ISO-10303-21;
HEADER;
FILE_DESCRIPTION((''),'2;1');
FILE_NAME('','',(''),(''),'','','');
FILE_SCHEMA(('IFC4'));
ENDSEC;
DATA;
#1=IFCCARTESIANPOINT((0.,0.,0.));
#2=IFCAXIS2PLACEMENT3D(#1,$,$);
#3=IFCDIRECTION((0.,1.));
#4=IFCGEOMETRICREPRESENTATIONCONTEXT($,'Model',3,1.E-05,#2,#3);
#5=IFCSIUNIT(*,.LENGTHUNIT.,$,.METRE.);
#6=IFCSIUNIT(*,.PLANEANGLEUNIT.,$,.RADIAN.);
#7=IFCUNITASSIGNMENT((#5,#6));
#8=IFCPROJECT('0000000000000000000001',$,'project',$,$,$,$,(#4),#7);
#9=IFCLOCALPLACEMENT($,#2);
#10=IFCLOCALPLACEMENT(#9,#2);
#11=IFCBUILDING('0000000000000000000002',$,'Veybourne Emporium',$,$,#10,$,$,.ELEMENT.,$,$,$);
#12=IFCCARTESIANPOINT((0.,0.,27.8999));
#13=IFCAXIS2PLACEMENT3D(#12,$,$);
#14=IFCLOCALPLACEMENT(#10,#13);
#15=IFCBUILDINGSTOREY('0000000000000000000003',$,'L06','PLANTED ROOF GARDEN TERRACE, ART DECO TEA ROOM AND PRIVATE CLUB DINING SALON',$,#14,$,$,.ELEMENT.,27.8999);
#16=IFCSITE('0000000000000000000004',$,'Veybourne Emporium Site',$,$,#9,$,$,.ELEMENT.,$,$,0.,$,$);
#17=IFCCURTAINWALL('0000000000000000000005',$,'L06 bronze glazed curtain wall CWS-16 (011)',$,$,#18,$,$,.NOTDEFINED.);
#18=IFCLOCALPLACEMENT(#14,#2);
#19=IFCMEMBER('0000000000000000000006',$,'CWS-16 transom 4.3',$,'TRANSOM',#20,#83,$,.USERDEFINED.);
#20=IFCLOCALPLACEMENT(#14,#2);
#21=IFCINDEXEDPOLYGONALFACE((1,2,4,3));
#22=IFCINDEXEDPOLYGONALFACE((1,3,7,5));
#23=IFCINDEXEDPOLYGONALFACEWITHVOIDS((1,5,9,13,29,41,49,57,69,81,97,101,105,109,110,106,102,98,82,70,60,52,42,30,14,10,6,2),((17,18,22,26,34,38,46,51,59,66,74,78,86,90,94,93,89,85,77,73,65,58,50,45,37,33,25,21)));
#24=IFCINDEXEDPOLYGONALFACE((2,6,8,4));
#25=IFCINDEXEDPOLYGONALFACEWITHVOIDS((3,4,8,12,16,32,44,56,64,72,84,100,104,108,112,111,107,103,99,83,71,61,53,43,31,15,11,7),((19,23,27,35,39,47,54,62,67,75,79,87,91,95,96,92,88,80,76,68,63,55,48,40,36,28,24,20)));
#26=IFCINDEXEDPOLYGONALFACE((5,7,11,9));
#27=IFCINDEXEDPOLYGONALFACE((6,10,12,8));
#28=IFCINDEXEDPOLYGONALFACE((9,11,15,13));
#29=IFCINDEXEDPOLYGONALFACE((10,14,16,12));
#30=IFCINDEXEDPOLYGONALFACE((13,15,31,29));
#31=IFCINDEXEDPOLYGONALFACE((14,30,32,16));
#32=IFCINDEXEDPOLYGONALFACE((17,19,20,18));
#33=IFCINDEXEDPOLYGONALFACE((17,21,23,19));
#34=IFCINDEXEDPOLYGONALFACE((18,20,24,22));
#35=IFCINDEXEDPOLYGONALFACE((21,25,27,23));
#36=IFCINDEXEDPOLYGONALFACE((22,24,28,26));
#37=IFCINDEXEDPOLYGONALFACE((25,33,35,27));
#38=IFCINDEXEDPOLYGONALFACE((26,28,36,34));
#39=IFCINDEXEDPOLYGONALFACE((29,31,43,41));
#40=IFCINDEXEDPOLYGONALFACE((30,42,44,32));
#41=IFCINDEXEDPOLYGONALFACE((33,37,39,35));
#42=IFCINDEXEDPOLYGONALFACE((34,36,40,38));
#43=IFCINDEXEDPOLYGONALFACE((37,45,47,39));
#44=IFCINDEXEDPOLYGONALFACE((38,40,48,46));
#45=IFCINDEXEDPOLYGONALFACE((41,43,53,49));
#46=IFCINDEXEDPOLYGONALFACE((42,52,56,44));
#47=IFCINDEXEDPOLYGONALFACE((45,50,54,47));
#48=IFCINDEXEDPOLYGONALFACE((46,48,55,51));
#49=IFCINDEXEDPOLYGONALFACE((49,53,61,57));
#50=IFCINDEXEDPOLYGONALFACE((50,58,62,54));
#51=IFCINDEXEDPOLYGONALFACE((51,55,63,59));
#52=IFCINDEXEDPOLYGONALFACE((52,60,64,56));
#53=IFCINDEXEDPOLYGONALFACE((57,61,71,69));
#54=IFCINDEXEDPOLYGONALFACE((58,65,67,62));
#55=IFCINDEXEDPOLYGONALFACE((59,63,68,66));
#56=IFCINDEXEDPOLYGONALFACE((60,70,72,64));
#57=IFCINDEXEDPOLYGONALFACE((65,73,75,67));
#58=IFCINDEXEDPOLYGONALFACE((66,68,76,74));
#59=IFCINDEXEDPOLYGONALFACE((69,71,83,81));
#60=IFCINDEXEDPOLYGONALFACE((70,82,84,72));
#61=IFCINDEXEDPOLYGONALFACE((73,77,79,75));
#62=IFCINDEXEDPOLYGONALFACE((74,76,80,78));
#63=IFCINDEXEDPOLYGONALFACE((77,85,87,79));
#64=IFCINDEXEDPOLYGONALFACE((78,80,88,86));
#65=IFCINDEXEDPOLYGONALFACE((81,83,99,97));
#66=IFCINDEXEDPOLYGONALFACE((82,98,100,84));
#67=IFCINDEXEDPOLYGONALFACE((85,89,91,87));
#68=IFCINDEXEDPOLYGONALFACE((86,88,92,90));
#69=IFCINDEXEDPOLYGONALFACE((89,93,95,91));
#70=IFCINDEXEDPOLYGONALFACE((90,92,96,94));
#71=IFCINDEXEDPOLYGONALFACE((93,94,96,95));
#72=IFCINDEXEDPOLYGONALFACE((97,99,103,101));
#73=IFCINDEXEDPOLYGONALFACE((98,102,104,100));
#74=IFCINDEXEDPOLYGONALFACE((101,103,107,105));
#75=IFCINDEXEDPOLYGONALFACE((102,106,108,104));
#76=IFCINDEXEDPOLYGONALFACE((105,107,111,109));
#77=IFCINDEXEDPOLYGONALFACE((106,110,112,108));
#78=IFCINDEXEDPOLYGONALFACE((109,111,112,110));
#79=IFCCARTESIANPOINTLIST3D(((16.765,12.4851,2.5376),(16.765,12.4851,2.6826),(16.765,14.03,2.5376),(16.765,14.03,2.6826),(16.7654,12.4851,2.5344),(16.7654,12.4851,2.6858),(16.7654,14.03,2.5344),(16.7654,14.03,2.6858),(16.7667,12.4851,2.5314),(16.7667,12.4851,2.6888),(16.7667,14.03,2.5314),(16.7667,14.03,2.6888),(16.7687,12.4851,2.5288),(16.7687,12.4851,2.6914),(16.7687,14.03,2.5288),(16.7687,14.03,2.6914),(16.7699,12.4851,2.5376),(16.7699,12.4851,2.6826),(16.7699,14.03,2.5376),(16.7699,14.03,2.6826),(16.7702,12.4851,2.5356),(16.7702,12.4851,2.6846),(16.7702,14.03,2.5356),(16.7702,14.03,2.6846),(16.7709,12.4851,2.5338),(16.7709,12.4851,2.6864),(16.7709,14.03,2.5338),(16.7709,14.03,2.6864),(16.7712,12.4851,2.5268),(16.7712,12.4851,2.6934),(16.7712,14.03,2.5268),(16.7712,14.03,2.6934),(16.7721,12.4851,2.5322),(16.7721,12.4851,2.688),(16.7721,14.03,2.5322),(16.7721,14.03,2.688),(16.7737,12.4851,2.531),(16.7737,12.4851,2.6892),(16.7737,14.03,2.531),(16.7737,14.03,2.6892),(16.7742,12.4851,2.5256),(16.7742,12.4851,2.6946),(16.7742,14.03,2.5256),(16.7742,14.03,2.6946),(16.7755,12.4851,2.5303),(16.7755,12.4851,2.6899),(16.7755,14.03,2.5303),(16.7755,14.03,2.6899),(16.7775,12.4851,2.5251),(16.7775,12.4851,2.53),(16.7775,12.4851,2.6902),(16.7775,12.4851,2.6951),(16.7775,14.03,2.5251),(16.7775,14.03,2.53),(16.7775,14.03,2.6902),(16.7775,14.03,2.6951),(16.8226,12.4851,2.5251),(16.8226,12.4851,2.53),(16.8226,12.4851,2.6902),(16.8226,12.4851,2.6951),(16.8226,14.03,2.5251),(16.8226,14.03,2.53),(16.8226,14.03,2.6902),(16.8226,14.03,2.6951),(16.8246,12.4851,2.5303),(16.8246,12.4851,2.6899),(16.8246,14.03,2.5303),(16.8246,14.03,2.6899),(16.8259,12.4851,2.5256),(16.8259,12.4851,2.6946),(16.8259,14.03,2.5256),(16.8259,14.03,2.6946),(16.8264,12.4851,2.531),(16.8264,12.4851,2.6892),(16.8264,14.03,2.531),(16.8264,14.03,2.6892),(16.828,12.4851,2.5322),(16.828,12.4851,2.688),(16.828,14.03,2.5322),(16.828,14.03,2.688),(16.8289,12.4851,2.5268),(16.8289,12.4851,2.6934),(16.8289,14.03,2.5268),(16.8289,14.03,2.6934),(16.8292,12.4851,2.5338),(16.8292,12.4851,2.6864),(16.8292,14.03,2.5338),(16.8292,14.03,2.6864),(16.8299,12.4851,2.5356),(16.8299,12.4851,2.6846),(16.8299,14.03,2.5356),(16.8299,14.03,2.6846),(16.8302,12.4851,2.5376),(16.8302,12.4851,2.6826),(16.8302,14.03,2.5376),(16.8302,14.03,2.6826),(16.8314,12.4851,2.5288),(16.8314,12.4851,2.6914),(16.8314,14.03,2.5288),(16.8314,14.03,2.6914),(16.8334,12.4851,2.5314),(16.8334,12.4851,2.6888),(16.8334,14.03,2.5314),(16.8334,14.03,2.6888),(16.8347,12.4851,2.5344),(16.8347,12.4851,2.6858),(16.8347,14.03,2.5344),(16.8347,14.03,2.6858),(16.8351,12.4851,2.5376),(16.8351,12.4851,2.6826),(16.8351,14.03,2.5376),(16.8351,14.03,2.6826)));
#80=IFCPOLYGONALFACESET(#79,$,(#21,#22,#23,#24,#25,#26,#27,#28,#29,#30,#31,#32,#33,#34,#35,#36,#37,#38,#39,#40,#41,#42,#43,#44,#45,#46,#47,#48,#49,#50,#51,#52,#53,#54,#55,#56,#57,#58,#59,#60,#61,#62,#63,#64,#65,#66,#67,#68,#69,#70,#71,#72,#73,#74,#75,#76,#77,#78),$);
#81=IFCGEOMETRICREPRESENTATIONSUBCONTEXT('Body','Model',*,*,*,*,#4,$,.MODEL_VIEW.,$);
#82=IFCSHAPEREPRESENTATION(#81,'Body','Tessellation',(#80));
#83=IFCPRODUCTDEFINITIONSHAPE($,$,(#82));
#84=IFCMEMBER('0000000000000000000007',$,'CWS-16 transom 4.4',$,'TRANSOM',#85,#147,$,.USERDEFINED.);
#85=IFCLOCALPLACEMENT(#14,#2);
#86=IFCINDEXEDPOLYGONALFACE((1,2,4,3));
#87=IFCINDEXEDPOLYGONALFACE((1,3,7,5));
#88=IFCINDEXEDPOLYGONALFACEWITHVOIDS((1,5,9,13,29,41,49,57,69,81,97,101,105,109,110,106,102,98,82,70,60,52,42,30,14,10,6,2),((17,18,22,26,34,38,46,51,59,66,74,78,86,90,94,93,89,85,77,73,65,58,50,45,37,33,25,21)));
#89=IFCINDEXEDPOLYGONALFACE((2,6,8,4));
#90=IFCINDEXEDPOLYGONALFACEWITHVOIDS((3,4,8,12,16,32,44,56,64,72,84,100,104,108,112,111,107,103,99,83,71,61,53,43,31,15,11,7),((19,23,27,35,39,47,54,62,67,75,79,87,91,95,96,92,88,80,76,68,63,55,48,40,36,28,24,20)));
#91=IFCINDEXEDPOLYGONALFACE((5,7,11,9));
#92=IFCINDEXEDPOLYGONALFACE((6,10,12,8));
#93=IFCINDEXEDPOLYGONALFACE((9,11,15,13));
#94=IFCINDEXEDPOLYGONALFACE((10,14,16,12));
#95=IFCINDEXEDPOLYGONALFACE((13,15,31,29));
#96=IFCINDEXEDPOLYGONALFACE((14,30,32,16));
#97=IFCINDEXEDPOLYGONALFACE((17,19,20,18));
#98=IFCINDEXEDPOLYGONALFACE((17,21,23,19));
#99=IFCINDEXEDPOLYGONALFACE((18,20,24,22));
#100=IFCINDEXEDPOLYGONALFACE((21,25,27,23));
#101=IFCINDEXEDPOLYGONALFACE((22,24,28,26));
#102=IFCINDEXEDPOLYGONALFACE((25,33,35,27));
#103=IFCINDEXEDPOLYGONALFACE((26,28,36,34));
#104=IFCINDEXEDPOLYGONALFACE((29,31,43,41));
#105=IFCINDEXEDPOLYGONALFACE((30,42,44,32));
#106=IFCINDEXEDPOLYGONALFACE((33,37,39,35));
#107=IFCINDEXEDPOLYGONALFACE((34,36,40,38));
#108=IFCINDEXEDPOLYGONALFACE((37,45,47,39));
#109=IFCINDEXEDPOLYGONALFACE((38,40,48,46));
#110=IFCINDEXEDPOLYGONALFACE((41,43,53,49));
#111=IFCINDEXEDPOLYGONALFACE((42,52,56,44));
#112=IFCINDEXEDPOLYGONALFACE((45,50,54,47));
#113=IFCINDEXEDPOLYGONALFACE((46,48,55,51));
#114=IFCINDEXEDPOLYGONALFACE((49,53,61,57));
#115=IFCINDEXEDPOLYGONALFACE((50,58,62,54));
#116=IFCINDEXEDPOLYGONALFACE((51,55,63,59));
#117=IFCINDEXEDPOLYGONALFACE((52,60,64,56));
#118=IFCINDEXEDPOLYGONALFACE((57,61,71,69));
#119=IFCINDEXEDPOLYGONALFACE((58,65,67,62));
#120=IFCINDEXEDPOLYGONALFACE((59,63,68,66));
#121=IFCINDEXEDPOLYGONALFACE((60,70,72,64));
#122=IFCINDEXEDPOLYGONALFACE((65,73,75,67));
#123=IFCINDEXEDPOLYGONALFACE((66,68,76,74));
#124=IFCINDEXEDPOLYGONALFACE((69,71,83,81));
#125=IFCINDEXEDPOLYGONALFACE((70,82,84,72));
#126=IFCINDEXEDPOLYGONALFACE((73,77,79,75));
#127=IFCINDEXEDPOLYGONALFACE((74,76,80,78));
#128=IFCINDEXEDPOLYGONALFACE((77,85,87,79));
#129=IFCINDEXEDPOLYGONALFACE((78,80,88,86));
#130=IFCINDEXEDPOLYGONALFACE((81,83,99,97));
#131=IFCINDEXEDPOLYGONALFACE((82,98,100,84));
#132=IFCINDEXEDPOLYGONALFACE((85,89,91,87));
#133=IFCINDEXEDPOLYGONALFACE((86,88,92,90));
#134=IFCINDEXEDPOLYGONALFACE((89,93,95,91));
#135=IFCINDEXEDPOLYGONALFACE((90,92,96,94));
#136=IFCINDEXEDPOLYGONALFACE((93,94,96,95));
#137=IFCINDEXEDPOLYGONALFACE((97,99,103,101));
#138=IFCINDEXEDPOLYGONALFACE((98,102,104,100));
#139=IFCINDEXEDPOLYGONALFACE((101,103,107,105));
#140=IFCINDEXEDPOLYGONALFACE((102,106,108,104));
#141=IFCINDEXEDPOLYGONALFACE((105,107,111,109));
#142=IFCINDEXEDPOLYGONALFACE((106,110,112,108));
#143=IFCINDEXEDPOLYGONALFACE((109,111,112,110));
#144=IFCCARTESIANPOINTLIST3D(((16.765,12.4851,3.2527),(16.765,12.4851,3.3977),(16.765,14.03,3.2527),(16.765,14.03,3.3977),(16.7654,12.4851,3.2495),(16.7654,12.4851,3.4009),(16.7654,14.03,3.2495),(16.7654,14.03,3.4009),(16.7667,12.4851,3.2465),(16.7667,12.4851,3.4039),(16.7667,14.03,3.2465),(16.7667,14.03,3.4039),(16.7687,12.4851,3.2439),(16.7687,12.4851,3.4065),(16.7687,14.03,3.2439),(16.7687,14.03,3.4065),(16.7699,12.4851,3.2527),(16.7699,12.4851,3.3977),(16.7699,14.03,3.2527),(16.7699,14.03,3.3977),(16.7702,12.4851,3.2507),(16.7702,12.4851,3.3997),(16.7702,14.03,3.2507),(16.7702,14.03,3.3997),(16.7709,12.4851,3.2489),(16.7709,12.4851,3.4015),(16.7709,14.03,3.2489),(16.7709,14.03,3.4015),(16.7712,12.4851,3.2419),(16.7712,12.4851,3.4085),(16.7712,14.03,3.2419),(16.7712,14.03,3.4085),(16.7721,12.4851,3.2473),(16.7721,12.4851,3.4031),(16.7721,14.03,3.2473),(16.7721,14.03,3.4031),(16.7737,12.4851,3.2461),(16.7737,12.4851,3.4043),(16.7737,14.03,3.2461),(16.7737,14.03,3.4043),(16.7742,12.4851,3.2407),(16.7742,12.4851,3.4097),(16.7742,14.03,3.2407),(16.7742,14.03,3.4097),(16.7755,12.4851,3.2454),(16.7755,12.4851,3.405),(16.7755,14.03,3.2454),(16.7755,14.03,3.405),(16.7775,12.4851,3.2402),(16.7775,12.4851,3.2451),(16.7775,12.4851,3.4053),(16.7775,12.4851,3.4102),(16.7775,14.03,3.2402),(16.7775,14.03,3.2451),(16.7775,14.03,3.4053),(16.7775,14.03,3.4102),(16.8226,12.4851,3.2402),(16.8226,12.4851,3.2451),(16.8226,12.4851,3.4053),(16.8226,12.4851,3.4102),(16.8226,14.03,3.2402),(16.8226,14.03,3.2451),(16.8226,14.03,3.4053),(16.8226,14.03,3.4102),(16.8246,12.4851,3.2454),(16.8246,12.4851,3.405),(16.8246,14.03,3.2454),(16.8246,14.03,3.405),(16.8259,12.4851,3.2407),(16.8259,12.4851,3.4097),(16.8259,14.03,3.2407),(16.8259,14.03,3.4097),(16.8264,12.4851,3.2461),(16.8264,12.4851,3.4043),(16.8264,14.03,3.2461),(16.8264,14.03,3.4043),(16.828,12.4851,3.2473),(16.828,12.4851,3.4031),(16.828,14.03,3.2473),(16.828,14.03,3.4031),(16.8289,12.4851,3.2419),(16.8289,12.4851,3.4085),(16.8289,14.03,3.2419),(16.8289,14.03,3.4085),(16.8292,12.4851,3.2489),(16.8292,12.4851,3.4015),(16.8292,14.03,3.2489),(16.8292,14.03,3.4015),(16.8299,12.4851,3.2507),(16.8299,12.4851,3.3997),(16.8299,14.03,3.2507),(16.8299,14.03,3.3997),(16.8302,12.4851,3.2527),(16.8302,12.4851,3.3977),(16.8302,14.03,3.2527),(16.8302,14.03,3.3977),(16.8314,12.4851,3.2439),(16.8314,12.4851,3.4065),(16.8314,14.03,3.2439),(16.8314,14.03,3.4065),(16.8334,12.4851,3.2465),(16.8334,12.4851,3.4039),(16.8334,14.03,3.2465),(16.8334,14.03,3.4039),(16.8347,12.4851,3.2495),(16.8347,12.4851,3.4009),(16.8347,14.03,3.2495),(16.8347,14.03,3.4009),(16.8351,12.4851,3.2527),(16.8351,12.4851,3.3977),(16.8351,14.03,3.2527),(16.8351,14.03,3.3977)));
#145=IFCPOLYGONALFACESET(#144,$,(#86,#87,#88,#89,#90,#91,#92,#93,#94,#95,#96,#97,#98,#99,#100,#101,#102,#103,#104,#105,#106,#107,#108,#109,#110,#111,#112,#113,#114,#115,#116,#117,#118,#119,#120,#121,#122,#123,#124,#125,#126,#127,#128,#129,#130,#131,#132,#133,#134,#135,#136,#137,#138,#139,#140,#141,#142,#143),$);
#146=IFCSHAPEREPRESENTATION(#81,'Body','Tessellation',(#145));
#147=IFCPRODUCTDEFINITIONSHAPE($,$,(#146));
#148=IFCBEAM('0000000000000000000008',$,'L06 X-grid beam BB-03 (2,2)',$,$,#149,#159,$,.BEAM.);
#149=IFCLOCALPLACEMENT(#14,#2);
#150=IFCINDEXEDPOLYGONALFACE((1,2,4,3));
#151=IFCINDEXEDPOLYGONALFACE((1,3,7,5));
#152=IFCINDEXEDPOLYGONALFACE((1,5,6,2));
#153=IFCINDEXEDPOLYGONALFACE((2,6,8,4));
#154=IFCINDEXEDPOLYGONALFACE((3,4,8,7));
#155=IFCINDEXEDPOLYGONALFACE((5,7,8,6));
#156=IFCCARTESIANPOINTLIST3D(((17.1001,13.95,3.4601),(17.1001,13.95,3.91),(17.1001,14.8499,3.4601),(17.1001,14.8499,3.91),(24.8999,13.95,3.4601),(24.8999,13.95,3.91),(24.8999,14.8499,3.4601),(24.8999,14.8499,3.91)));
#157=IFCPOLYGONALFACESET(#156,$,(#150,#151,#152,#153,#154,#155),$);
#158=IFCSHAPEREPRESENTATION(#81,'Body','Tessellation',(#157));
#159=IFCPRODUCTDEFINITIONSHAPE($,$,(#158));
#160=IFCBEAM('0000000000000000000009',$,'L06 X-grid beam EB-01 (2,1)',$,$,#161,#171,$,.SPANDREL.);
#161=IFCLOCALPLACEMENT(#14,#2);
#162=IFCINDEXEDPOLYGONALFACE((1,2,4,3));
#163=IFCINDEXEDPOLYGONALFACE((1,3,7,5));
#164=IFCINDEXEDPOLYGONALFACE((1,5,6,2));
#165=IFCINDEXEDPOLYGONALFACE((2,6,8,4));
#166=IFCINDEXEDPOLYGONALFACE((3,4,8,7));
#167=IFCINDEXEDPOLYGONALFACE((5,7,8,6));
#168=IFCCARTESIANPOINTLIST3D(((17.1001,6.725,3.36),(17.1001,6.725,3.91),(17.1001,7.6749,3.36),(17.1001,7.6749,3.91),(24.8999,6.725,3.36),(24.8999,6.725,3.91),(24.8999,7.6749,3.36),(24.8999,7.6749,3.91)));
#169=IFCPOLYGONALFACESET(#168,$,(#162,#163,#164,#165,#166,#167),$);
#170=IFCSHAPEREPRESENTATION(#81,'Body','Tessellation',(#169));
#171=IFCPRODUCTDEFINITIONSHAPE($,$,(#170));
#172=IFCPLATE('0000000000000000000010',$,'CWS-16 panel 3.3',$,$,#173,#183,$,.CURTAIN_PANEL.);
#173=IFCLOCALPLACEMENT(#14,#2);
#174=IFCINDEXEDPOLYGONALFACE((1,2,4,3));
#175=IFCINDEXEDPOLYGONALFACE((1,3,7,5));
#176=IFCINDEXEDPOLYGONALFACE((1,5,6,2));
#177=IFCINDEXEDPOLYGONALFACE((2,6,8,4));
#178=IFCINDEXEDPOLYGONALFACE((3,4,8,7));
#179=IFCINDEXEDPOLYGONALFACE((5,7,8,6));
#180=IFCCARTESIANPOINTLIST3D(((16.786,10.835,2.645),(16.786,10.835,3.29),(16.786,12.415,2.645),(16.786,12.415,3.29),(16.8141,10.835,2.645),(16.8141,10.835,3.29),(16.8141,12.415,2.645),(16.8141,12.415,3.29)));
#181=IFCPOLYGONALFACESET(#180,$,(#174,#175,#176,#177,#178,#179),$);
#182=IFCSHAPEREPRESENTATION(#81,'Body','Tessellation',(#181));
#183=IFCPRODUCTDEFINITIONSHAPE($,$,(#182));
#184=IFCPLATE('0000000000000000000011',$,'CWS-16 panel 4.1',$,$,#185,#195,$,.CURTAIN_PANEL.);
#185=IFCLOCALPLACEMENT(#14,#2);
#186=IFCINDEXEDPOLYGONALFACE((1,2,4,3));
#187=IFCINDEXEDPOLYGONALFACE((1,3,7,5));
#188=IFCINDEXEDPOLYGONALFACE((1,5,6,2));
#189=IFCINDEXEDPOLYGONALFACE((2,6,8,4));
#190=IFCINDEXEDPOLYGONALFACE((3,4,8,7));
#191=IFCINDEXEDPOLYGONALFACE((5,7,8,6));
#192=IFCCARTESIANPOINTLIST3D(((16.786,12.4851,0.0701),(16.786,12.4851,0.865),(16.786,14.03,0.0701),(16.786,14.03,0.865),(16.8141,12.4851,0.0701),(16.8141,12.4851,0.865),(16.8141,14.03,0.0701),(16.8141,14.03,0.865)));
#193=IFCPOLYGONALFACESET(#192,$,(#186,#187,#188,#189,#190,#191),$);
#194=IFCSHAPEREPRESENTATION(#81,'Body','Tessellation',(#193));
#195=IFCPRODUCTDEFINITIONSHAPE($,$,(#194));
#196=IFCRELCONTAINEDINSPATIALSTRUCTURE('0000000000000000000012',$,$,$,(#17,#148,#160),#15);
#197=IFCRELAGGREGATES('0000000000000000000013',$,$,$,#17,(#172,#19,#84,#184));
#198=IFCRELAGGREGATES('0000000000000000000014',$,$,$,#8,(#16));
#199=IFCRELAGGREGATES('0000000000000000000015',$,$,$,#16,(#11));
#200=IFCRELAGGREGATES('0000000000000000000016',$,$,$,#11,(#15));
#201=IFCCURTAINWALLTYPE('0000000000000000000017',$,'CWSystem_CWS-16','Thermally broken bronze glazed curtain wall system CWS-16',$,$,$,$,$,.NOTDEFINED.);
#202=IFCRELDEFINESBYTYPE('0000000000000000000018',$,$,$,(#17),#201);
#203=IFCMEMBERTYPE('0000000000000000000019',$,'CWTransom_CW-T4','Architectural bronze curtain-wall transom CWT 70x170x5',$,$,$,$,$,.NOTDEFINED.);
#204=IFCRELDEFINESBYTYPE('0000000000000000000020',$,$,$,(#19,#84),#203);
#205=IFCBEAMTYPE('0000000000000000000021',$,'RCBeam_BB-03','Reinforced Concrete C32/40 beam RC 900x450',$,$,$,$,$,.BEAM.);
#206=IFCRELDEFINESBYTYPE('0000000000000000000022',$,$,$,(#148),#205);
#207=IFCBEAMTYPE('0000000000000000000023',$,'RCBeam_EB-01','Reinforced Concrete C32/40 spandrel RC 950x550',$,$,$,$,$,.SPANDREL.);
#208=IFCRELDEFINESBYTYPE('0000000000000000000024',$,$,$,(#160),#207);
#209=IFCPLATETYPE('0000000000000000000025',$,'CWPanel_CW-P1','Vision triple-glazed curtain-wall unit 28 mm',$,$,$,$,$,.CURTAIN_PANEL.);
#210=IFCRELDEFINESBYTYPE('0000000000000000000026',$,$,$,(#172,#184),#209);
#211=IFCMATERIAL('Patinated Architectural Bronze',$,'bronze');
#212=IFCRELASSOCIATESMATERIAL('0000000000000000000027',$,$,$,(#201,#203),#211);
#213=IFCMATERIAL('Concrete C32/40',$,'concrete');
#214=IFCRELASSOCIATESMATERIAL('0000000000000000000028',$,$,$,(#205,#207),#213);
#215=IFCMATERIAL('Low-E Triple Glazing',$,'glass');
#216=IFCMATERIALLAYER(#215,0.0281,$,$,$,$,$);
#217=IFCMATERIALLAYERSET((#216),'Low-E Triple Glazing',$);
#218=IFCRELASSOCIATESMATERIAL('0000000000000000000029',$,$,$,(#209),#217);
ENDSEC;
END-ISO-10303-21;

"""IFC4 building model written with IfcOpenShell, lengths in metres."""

from ifc_helpers import new_model, si_unit, direction, frame, origin, origin_2d, place, context, subcontext, project, spatial, rectangle, hollow_rectangle, extrude, material, layer, layer_set, material_profile, profile_set, type_object, element, aggregate, save


model = new_model("IFC4")

# Units and contexts
model_context = context("Model", 3, precision=1e-05, world=origin(), true_north=direction((0.0, 1.0)))
body_context = subcontext(model_context, "Body", "Model", "MODEL_VIEW")
ifc_project = project(units=[si_unit("LENGTHUNIT", "METRE"), si_unit("PLANEANGLEUNIT", "RADIAN")], contexts=[model_context])

# Site, building, storey
site_placement = place(None, origin())
site = spatial("IfcSite", under=ifc_project, at=site_placement, Name="Veybourne Emporium Site", CompositionType="ELEMENT", RefElevation=0.0)
building_placement = place(site_placement, origin())
building = spatial("IfcBuilding", under=site, at=building_placement, Name="Veybourne Emporium", CompositionType="ELEMENT")
storey_placement = place(building_placement, frame((0.0, 0.0, 27.8999)))
storey = spatial("IfcBuildingStorey", under=building, at=storey_placement, Name="L06", Description="PLANTED ROOF GARDEN TERRACE, ART DECO TEA ROOM AND PRIVATE CLUB DINING SALON", CompositionType="ELEMENT", Elevation=27.8999)

# Curtain wall, members
ifc_material_1 = material(Name="Patinated Architectural Bronze", Category="bronze")
curtain_wall_type = type_object("IfcCurtainWallType", Name="CWSystem_CWS-16", Description="Thermally broken bronze glazed curtain wall system CWS-16", PredefinedType="NOTDEFINED", material=ifc_material_1)
curtain_wall_placement = place(storey_placement, origin())
curtain_wall = element("IfcCurtainWall", 1, at=curtain_wall_placement, inside=storey, type_object=curtain_wall_type, Name="L06 bronze glazed curtain wall CWS-16 (011)", PredefinedType="NOTDEFINED")
ifc_material_profile_1 = material_profile(ifc_material_1, hollow_rectangle(XDim=0.0701, YDim=0.1699, WallThickness=0.0049, InnerFilletRadius=0.0076, OuterFilletRadius=0.0125, at=origin_2d()), Name="CWT 70x170x5")
ifc_profile_set_1 = profile_set([ifc_material_profile_1], Name="Patinated Architectural Bronze")
member_type_1 = type_object("IfcMemberType", Name="CWTransom_CW-T4", Description="Architectural bronze curtain-wall transom CWT 70x170x5", PredefinedType="NOTDEFINED", material=ifc_profile_set_1)
member_1_placement = place(storey_placement, frame((16.8, 12.4851, 2.6101), z_axis=(0.0, 1.0, 0.0), x_axis=(-1.0, 0.0, 0.0)))
member_1 = element("IfcMember", 2, at=member_1_placement, type_object=member_type_1, Name="CWS-16 transom 4.3", ObjectType="TRANSOM", PredefinedType="USERDEFINED", context=body_context, shape_type="SweptSolid", body=[
    extrude(hollow_rectangle(XDim=0.0701, YDim=0.1699, WallThickness=0.0049, InnerFilletRadius=0.0076, OuterFilletRadius=0.0125, at=origin_2d()), origin(), (0.0, 0.0, 1.0), 1.5449),
])
member_2_placement = place(storey_placement, frame((16.8, 12.4851, 3.3252), z_axis=(0.0, 1.0, 0.0), x_axis=(-1.0, 0.0, 0.0)))
member_2 = element("IfcMember", 3, at=member_2_placement, type_object=member_type_1, Name="CWS-16 transom 4.4", ObjectType="TRANSOM", PredefinedType="USERDEFINED", context=body_context, shape_type="SweptSolid", body=[
    extrude(hollow_rectangle(XDim=0.0701, YDim=0.1699, WallThickness=0.0049, InnerFilletRadius=0.0076, OuterFilletRadius=0.0125, at=origin_2d()), origin(), (0.0, 0.0, 1.0), 1.5449),
])

# Beams
ifc_material_2 = material(Name="Concrete C32/40", Category="concrete")
ifc_material_profile_2 = material_profile(ifc_material_2, rectangle(XDim=0.8999, YDim=0.45, at=origin_2d()), Name="RC 900x450")
ifc_profile_set_2 = profile_set([ifc_material_profile_2], Name="Concrete C32/40")
beam_type_1 = type_object("IfcBeamType", Name="RCBeam_BB-03", Description="Reinforced Concrete C32/40 beam RC 900x450", PredefinedType="BEAM", material=ifc_profile_set_2)
beam_1_placement = place(storey_placement, frame((17.1001, 14.3999, 3.6851), z_axis=(1.0, 0.0, 0.0), x_axis=(0.0, 1.0, 0.0)))
element("IfcBeam", 4, at=beam_1_placement, inside=storey, type_object=beam_type_1, Name="L06 X-grid beam BB-03 (2,2)", PredefinedType="BEAM", context=body_context, shape_type="SweptSolid", body=[
    extrude(rectangle(XDim=0.8999, YDim=0.45, at=origin_2d()), origin(), (0.0, 0.0, 1.0), 7.7998),
])
ifc_material_profile_3 = material_profile(ifc_material_2, rectangle(XDim=0.95, YDim=0.55, at=origin_2d()), Name="RC 950x550")
ifc_profile_set_3 = profile_set([ifc_material_profile_3], Name="Concrete C32/40")
beam_type_2 = type_object("IfcBeamType", Name="RCBeam_EB-01", Description="Reinforced Concrete C32/40 spandrel RC 950x550", PredefinedType="SPANDREL", material=ifc_profile_set_3)
beam_2_placement = place(storey_placement, frame((17.1001, 7.2, 3.635), z_axis=(1.0, 0.0, 0.0), x_axis=(0.0, 1.0, 0.0)))
element("IfcBeam", 5, at=beam_2_placement, inside=storey, type_object=beam_type_2, Name="L06 X-grid beam EB-01 (2,1)", PredefinedType="SPANDREL", context=body_context, shape_type="SweptSolid", body=[
    extrude(rectangle(XDim=0.95, YDim=0.55, at=origin_2d()), origin(), (0.0, 0.0, 1.0), 7.7998),
])

# Plates
ifc_material_3 = material(Name="Low-E Triple Glazing", Category="glass")
ifc_layer_1 = layer(ifc_material_3, 0.0281)
ifc_layer_set_1 = layer_set([ifc_layer_1], Name="Low-E Triple Glazing")
plate_type = type_object("IfcPlateType", Name="CWPanel_CW-P1", Description="Vision triple-glazed curtain-wall unit 28 mm", PredefinedType="CURTAIN_PANEL", material=ifc_layer_set_1)
plate_1_placement = place(storey_placement, frame((16.8, 11.625, 2.645), z_axis=(0.0, 0.0, 1.0), x_axis=(0.0, 1.0, 0.0)))
plate_1 = element("IfcPlate", 6, at=plate_1_placement, type_object=plate_type, Name="CWS-16 panel 3.3", PredefinedType="CURTAIN_PANEL", context=body_context, shape_type="SweptSolid", body=[
    extrude(rectangle(XDim=1.5801, YDim=0.0281, at=origin_2d()), origin(), (0.0, 0.0, 1.0), 0.645),
])
plate_2_placement = place(storey_placement, frame((16.8, 13.2576, 0.0701), z_axis=(0.0, 0.0, 1.0), x_axis=(0.0, 1.0, 0.0)))
plate_2 = element("IfcPlate", 7, at=plate_2_placement, type_object=plate_type, Name="CWS-16 panel 4.1", PredefinedType="CURTAIN_PANEL", context=body_context, shape_type="SweptSolid", body=[
    extrude(rectangle(XDim=1.5449, YDim=0.0281, at=origin_2d()), origin(), (0.0, 0.0, 1.0), 0.7949),
])
aggregate(curtain_wall, [plate_1, member_1, member_2, plate_2])

save(model, "model.ifc")
